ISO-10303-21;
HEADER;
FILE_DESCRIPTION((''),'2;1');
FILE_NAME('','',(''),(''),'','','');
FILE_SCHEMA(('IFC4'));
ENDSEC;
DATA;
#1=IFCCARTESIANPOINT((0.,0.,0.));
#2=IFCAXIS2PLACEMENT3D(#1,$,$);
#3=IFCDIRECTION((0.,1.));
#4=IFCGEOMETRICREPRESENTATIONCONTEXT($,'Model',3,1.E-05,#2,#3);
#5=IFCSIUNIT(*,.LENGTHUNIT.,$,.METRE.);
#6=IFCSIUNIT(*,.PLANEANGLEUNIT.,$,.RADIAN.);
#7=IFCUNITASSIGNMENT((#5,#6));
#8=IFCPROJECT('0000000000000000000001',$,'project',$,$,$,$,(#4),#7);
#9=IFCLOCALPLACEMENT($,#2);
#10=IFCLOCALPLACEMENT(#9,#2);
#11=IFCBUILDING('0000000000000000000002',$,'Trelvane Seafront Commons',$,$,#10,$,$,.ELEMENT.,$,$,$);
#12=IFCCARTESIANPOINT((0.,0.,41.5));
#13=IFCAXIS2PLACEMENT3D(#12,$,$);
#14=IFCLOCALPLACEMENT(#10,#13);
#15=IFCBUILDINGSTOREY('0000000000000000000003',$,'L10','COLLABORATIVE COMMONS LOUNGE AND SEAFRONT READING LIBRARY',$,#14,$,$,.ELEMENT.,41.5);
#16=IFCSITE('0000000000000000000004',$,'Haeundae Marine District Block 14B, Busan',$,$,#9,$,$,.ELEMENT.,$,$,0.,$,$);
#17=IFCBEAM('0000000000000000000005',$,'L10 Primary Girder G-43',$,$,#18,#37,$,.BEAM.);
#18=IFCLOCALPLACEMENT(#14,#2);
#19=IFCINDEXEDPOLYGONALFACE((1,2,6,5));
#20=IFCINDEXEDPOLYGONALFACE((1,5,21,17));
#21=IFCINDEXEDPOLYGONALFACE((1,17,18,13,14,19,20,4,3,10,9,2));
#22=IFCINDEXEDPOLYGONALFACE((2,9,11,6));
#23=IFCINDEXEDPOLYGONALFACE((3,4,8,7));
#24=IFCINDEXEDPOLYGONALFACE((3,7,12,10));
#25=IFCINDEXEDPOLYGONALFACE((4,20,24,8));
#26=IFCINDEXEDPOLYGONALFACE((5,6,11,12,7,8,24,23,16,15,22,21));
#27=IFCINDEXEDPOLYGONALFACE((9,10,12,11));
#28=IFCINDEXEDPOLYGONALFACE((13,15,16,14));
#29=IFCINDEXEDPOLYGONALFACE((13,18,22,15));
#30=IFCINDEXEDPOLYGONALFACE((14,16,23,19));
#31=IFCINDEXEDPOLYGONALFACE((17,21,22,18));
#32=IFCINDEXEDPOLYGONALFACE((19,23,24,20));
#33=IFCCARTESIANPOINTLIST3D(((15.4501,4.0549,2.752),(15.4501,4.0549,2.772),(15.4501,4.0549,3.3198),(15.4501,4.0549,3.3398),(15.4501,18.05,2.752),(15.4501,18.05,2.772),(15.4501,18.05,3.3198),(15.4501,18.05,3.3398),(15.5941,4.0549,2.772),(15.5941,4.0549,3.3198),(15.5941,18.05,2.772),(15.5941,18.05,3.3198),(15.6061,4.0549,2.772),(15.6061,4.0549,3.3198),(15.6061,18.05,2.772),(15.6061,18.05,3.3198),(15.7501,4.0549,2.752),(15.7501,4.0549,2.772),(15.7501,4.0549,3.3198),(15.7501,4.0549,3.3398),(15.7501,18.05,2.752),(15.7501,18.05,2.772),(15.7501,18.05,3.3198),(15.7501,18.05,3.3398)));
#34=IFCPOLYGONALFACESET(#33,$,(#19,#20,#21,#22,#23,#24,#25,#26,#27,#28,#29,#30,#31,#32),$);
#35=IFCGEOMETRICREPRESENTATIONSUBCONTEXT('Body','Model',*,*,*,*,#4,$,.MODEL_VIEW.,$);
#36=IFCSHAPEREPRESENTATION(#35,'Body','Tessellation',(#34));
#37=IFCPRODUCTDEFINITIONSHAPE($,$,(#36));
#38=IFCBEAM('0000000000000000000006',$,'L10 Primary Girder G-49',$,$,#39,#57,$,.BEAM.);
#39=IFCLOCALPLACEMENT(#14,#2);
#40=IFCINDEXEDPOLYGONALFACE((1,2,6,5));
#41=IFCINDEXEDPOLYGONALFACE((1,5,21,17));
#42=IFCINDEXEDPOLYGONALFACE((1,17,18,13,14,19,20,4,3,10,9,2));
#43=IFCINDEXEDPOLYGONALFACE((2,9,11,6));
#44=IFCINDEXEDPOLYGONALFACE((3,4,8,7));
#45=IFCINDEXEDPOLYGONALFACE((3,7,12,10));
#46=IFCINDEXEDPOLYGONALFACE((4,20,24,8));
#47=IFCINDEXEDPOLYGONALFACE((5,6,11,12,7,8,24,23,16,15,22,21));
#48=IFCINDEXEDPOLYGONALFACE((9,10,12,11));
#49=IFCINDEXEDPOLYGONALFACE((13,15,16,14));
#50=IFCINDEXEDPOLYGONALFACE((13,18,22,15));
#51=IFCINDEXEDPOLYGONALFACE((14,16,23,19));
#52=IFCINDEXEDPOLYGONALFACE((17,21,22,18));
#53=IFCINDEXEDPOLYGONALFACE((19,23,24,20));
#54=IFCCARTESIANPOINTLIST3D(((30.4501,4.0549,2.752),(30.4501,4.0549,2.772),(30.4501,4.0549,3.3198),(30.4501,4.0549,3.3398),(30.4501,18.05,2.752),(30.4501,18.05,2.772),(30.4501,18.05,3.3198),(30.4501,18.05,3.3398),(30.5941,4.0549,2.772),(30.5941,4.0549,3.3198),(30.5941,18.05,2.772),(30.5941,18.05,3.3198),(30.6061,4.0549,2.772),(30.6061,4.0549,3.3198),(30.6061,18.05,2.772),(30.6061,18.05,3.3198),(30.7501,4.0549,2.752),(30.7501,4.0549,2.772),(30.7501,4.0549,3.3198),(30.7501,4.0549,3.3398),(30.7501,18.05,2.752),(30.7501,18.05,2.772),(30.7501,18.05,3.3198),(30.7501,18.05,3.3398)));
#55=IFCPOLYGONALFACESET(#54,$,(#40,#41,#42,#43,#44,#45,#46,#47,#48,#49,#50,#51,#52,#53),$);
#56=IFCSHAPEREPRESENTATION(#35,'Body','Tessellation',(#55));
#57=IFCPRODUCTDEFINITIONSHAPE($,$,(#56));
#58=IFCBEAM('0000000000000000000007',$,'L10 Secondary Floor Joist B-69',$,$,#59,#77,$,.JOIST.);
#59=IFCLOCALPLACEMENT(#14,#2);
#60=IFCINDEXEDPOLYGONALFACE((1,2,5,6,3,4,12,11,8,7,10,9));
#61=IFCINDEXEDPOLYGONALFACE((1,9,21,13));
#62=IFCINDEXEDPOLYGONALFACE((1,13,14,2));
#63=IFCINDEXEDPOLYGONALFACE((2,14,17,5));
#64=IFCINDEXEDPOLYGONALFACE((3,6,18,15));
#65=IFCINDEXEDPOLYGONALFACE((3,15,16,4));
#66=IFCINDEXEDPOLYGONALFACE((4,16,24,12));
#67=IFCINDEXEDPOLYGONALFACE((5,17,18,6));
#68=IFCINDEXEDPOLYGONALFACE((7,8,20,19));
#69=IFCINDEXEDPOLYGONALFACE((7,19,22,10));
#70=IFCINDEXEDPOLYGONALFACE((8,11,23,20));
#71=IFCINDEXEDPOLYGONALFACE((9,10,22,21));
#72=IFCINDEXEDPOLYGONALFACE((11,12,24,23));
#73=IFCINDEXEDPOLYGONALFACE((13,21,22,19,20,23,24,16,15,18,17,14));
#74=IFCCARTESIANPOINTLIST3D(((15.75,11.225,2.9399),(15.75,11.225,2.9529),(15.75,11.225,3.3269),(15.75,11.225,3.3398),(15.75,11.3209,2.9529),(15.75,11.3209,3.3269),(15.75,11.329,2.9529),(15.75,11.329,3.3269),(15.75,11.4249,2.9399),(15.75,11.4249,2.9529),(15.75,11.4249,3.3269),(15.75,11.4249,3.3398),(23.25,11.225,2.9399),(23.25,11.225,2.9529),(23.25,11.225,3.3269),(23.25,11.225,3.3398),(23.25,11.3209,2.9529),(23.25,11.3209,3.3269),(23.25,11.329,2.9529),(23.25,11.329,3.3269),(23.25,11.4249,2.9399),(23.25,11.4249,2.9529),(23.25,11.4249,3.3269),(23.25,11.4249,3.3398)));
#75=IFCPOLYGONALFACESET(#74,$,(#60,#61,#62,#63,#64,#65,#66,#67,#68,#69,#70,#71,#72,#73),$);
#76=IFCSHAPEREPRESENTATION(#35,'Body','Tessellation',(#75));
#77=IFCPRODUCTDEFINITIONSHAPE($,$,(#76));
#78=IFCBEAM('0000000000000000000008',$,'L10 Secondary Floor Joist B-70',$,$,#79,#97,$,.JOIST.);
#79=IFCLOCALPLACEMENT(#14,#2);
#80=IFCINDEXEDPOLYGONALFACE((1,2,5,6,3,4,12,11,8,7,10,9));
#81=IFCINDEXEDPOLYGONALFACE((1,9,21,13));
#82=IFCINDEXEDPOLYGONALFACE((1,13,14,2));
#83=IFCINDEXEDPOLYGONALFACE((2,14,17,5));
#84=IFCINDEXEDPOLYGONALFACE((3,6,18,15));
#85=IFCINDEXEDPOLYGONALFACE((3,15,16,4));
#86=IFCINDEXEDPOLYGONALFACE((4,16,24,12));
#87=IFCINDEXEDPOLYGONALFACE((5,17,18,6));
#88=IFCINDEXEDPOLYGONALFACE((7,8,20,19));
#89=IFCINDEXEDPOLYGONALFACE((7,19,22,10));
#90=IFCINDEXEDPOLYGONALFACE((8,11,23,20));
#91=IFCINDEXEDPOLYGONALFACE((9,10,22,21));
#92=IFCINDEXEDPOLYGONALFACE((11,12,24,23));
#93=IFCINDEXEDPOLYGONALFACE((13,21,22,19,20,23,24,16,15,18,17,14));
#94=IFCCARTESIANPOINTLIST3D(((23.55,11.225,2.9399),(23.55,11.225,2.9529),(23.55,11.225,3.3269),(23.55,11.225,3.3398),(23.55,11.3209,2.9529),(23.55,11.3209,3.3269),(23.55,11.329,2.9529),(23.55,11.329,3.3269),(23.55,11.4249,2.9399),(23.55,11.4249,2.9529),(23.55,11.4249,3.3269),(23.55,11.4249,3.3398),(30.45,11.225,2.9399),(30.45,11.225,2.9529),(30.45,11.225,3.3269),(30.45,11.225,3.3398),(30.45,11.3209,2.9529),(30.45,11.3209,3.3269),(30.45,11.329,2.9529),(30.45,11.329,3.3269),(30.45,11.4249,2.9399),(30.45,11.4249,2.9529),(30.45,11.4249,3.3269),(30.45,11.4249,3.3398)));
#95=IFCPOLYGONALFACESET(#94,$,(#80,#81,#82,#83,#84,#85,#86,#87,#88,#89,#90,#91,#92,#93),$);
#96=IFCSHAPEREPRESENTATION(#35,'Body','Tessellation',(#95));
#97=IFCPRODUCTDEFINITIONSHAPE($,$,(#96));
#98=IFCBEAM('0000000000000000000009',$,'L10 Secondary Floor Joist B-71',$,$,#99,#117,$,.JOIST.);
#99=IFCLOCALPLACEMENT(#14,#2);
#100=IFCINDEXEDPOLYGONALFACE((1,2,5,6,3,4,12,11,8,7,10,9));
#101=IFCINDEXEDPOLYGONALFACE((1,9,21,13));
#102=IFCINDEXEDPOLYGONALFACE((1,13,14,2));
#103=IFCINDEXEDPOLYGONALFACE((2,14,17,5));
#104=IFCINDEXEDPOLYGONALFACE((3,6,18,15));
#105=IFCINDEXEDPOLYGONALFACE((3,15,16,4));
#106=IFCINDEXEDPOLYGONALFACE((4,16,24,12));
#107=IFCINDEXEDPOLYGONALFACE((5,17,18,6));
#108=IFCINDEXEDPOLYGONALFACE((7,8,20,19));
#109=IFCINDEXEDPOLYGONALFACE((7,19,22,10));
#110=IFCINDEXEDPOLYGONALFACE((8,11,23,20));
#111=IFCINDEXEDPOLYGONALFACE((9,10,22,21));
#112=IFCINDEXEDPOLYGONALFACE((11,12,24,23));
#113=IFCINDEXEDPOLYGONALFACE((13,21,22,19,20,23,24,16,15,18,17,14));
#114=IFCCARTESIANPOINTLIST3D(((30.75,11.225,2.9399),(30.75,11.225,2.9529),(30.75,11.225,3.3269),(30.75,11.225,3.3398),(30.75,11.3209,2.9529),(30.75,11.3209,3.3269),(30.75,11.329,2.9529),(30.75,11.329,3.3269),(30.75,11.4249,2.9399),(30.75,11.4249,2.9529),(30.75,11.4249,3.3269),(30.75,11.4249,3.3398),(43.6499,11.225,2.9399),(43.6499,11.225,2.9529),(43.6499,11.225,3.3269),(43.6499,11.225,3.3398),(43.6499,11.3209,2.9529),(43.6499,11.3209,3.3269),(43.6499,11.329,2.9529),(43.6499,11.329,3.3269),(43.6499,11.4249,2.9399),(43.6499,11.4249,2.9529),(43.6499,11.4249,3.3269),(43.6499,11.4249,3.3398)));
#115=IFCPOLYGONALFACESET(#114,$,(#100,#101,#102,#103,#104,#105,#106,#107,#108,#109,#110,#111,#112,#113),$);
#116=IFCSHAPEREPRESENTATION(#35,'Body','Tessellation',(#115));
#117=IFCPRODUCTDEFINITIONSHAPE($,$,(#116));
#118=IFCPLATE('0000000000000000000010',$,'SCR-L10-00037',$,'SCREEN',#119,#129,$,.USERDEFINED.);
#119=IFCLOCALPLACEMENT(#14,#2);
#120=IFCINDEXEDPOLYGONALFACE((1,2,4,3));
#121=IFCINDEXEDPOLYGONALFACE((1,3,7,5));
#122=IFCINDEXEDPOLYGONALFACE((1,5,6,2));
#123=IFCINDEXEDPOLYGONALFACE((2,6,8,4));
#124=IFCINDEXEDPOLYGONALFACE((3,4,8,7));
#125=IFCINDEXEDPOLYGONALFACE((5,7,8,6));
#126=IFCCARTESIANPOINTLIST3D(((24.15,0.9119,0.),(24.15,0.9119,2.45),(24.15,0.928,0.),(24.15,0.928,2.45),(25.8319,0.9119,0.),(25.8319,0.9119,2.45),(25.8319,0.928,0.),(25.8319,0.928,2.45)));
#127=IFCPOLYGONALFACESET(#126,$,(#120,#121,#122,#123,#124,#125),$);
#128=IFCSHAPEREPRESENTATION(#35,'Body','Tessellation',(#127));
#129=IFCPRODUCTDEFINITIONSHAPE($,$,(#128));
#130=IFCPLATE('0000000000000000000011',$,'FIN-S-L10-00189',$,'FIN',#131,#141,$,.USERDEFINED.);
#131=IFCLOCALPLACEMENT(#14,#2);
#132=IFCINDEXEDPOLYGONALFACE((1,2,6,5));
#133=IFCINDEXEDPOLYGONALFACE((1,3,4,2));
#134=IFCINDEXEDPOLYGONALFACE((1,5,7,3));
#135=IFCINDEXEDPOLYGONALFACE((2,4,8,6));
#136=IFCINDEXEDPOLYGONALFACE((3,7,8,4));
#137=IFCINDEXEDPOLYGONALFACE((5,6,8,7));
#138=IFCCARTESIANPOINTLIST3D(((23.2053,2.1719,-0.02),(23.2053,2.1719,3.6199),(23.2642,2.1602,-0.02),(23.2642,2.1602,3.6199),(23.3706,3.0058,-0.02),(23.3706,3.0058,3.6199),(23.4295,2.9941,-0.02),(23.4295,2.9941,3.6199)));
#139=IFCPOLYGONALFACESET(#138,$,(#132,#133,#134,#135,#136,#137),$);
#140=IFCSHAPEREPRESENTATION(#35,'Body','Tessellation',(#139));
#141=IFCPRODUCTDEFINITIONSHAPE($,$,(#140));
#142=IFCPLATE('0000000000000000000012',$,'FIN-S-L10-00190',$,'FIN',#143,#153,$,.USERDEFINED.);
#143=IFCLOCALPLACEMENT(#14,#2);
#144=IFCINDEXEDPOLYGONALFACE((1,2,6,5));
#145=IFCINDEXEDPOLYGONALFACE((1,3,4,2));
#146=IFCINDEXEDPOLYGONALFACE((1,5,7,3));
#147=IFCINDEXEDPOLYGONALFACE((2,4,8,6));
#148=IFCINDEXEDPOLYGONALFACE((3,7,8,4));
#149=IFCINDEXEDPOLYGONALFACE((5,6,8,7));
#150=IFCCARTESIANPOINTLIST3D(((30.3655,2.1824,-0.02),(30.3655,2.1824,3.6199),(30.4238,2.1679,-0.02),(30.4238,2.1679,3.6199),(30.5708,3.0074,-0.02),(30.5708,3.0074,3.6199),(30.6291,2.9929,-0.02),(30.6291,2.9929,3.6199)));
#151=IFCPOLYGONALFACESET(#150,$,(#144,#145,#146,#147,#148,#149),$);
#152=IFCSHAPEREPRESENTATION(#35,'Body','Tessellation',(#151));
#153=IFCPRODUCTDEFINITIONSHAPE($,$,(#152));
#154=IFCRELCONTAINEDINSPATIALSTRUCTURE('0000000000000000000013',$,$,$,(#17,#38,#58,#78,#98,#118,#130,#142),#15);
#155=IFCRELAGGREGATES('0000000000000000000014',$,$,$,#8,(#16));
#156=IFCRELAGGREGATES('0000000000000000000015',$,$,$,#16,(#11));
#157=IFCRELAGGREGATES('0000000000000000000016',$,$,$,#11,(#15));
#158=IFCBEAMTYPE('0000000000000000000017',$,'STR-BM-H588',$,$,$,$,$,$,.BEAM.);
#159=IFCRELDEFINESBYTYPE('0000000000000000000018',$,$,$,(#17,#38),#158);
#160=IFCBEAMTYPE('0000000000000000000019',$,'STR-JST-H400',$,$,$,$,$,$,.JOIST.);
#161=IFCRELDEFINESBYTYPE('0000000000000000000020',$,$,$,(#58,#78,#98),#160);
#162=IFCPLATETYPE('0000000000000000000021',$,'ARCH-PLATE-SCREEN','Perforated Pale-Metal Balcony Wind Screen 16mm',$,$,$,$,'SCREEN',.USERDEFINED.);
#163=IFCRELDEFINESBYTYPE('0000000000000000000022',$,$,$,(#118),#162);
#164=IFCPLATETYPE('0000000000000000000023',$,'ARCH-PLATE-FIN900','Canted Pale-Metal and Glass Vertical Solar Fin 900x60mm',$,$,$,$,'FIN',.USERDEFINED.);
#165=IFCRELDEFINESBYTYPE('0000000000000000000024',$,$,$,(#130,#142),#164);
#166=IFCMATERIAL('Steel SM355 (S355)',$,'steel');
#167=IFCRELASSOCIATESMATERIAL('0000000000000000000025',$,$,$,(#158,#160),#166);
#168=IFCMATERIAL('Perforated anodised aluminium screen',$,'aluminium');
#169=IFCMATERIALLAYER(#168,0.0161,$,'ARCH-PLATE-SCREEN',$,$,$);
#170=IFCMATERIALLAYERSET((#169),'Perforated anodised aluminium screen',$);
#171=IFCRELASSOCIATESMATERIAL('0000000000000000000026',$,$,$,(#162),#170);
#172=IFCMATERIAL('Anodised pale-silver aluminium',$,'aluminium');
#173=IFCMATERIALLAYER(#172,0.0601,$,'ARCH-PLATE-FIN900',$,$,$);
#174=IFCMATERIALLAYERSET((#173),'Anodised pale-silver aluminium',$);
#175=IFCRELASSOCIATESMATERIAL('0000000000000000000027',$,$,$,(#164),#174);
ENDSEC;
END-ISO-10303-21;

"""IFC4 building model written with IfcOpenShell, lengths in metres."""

from ifc_helpers import new_model, si_unit, direction, frame, origin, origin_2d, place, context, subcontext, project, spatial, rectangle, i_section, extrude, source, transform, mapped, material, layer, layer_set, material_profile, profile_set, type_object, element, save


model = new_model("IFC4")

# Units and contexts
model_context = context("Model", 3, precision=1e-05, world=origin(), true_north=direction((0.0, 1.0)))
body_context = subcontext(model_context, "Body", "Model", "MODEL_VIEW")
ifc_project = project(units=[si_unit("LENGTHUNIT", "METRE"), si_unit("PLANEANGLEUNIT", "RADIAN")], contexts=[model_context])

# Site, building, storey
site_placement = place(None, origin())
site = spatial("IfcSite", under=ifc_project, at=site_placement, Name="Haeundae Marine District Block 14B, Busan", CompositionType="ELEMENT", RefElevation=0.0)
building_placement = place(site_placement, origin())
building = spatial("IfcBuilding", under=site, at=building_placement, Name="Trelvane Seafront Commons", CompositionType="ELEMENT")
storey_placement = place(building_placement, frame((0.0, 0.0, 41.5)))
storey = spatial("IfcBuildingStorey", under=building, at=storey_placement, Name="L10", Description="COLLABORATIVE COMMONS LOUNGE AND SEAFRONT READING LIBRARY", CompositionType="ELEMENT", Elevation=41.5)

# Shared definitions
ifc_material_1 = material(Name="Steel SM355 (S355)", Category="steel")

# Beams
ifc_material_profile_1 = material_profile(ifc_material_1, i_section(OverallWidth=0.3, OverallDepth=0.5879, WebThickness=0.012, FlangeThickness=0.02, at=origin_2d()), Name="H-588x300x12x20")
ifc_profile_set_1 = profile_set([ifc_material_profile_1], Name="Steel SM355 (S355)")
beam_type_1 = type_object("IfcBeamType", Name="STR-BM-H588", PredefinedType="BEAM", material=ifc_profile_set_1)
shared_shape_1 = source(origin(), body_context, "Body", "SweptSolid", [
    extrude(i_section(OverallWidth=0.3, OverallDepth=0.5879, WebThickness=0.012, FlangeThickness=0.02, at=origin_2d()), origin(), (0.0, 0.0, 1.0), 13.9951),
])
for number, where, z_axis, x_axis, name in (
    (1, (15.6001, 4.0549, 3.0459), (0.0, 1.0, 0.0), (-1.0, 0.0, 0.0), "L10 Primary Girder G-43"),
    (2, (30.6001, 4.0549, 3.0459), (0.0, 1.0, 0.0), (-1.0, 0.0, 0.0), "L10 Primary Girder G-49"),
):
    element("IfcBeam", number, at=place(storey_placement, frame(where, z_axis=z_axis, x_axis=x_axis)), inside=storey, type_object=beam_type_1, Name=name, PredefinedType="BEAM", context=body_context, shape_type="MappedRepresentation", body=[
        mapped(shared_shape_1, transform((0.0, 0.0, 0.0), x_axis=(1.0, 0.0, 0.0), y_axis=(0.0, 1.0, 0.0), z_axis=(0.0, 0.0, 1.0), scale=1.0)),
    ])
ifc_material_profile_2 = material_profile(ifc_material_1, i_section(OverallWidth=0.2, OverallDepth=0.3999, WebThickness=0.0081, FlangeThickness=0.0129, at=origin_2d()), Name="H-400x200x8x13")
ifc_profile_set_2 = profile_set([ifc_material_profile_2], Name="Steel SM355 (S355)")
beam_type_2 = type_object("IfcBeamType", Name="STR-JST-H400", PredefinedType="JOIST", material=ifc_profile_set_2)
shared_shape_2 = source(origin(), body_context, "Body", "SweptSolid", [
    extrude(i_section(OverallWidth=0.2, OverallDepth=0.3999, WebThickness=0.0081, FlangeThickness=0.0129, at=origin_2d()), origin(), (0.0, 0.0, 1.0), 7.5),
])
beam_1_placement = place(storey_placement, frame((15.75, 11.325, 3.1399), z_axis=(1.0, 0.0, 0.0), x_axis=(0.0, 1.0, 0.0)))
element("IfcBeam", 3, at=beam_1_placement, inside=storey, type_object=beam_type_2, Name="L10 Secondary Floor Joist B-69", PredefinedType="JOIST", context=body_context, shape_type="MappedRepresentation", body=[
    mapped(shared_shape_2, transform((0.0, 0.0, 0.0), x_axis=(1.0, 0.0, 0.0), y_axis=(0.0, 1.0, 0.0), z_axis=(0.0, 0.0, 1.0), scale=1.0)),
])
shared_shape_3 = source(origin(), body_context, "Body", "SweptSolid", [
    extrude(i_section(OverallWidth=0.2, OverallDepth=0.3999, WebThickness=0.0081, FlangeThickness=0.0129, at=origin_2d()), origin(), (0.0, 0.0, 1.0), 6.8999),
])
beam_2_placement = place(storey_placement, frame((23.55, 11.325, 3.1399), z_axis=(1.0, 0.0, 0.0), x_axis=(0.0, 1.0, 0.0)))
element("IfcBeam", 4, at=beam_2_placement, inside=storey, type_object=beam_type_2, Name="L10 Secondary Floor Joist B-70", PredefinedType="JOIST", context=body_context, shape_type="MappedRepresentation", body=[
    mapped(shared_shape_3, transform((0.0, 0.0, 0.0), x_axis=(1.0, 0.0, 0.0), y_axis=(0.0, 1.0, 0.0), z_axis=(0.0, 0.0, 1.0), scale=1.0)),
])
shared_shape_4 = source(origin(), body_context, "Body", "SweptSolid", [
    extrude(i_section(OverallWidth=0.2, OverallDepth=0.3999, WebThickness=0.0081, FlangeThickness=0.0129, at=origin_2d()), origin(), (0.0, 0.0, 1.0), 12.8999),
])
beam_3_placement = place(storey_placement, frame((30.75, 11.325, 3.1399), z_axis=(1.0, 0.0, 0.0), x_axis=(0.0, 1.0, 0.0)))
element("IfcBeam", 5, at=beam_3_placement, inside=storey, type_object=beam_type_2, Name="L10 Secondary Floor Joist B-71", PredefinedType="JOIST", context=body_context, shape_type="MappedRepresentation", body=[
    mapped(shared_shape_4, transform((0.0, 0.0, 0.0), x_axis=(1.0, 0.0, 0.0), y_axis=(0.0, 1.0, 0.0), z_axis=(0.0, 0.0, 1.0), scale=1.0)),
])

# Plates
ifc_material_2 = material(Name="Perforated anodised aluminium screen", Category="aluminium")
ifc_layer_1 = layer(ifc_material_2, 0.0161, Name="ARCH-PLATE-SCREEN")
ifc_layer_set_1 = layer_set([ifc_layer_1], Name="Perforated anodised aluminium screen")
plate_type_1 = type_object("IfcPlateType", Name="ARCH-PLATE-SCREEN", Description="Perforated Pale-Metal Balcony Wind Screen 16mm", ElementType="SCREEN", PredefinedType="USERDEFINED", material=ifc_layer_set_1)
shared_shape_5 = source(origin(), body_context, "Body", "SweptSolid", [
    extrude(rectangle(XDim=1.6819, YDim=0.0161, at=origin_2d()), origin(), (0.0, 0.0, 1.0), 2.45),
])
plate_placement = place(storey_placement, frame((24.991, 0.9199, 0.0), z_axis=(0.0, 0.0, 1.0), x_axis=(1.0, 0.0, 0.0)))
element("IfcPlate", 6, at=plate_placement, inside=storey, type_object=plate_type_1, Name="SCR-L10-00037", ObjectType="SCREEN", PredefinedType="USERDEFINED", context=body_context, shape_type="MappedRepresentation", body=[
    mapped(shared_shape_5, transform((0.0, 0.0, 0.0), x_axis=(1.0, 0.0, 0.0), y_axis=(0.0, 1.0, 0.0), z_axis=(0.0, 0.0, 1.0), scale=1.0)),
])
ifc_material_3 = material(Name="Anodised pale-silver aluminium", Category="aluminium")
ifc_layer_2 = layer(ifc_material_3, 0.0601, Name="ARCH-PLATE-FIN900")
ifc_layer_set_2 = layer_set([ifc_layer_2], Name="Anodised pale-silver aluminium")
plate_type_2 = type_object("IfcPlateType", Name="ARCH-PLATE-FIN900", Description="Canted Pale-Metal and Glass Vertical Solar Fin 900x60mm", ElementType="FIN", PredefinedType="USERDEFINED", material=ifc_layer_set_2)
shared_shape_6 = source(origin(), body_context, "Body", "SweptSolid", [
    extrude(rectangle(XDim=0.8501, YDim=0.0601, at=origin_2d()), origin(), (0.0, 0.0, 1.0), 3.6399),
])
for number, where, z_axis, x_axis, name in (
    (7, (23.3174, 2.583, -0.02), (0.0, 0.0, 1.0), (-0.194464, -0.98091, 0.0), "FIN-S-L10-00189"),
    (8, (30.4973, 2.5876, -0.02), (0.0, 0.0, 1.0), (-0.241539, -0.970391, 0.0), "FIN-S-L10-00190"),
):
    element("IfcPlate", number, at=place(storey_placement, frame(where, z_axis=z_axis, x_axis=x_axis)), inside=storey, type_object=plate_type_2, Name=name, ObjectType="FIN", PredefinedType="USERDEFINED", context=body_context, shape_type="MappedRepresentation", body=[
        mapped(shared_shape_6, transform((0.0, 0.0, 0.0), x_axis=(1.0, 0.0, 0.0), y_axis=(0.0, 1.0, 0.0), z_axis=(0.0, 0.0, 1.0), scale=1.0)),
    ])

save(model, "model.ifc")
